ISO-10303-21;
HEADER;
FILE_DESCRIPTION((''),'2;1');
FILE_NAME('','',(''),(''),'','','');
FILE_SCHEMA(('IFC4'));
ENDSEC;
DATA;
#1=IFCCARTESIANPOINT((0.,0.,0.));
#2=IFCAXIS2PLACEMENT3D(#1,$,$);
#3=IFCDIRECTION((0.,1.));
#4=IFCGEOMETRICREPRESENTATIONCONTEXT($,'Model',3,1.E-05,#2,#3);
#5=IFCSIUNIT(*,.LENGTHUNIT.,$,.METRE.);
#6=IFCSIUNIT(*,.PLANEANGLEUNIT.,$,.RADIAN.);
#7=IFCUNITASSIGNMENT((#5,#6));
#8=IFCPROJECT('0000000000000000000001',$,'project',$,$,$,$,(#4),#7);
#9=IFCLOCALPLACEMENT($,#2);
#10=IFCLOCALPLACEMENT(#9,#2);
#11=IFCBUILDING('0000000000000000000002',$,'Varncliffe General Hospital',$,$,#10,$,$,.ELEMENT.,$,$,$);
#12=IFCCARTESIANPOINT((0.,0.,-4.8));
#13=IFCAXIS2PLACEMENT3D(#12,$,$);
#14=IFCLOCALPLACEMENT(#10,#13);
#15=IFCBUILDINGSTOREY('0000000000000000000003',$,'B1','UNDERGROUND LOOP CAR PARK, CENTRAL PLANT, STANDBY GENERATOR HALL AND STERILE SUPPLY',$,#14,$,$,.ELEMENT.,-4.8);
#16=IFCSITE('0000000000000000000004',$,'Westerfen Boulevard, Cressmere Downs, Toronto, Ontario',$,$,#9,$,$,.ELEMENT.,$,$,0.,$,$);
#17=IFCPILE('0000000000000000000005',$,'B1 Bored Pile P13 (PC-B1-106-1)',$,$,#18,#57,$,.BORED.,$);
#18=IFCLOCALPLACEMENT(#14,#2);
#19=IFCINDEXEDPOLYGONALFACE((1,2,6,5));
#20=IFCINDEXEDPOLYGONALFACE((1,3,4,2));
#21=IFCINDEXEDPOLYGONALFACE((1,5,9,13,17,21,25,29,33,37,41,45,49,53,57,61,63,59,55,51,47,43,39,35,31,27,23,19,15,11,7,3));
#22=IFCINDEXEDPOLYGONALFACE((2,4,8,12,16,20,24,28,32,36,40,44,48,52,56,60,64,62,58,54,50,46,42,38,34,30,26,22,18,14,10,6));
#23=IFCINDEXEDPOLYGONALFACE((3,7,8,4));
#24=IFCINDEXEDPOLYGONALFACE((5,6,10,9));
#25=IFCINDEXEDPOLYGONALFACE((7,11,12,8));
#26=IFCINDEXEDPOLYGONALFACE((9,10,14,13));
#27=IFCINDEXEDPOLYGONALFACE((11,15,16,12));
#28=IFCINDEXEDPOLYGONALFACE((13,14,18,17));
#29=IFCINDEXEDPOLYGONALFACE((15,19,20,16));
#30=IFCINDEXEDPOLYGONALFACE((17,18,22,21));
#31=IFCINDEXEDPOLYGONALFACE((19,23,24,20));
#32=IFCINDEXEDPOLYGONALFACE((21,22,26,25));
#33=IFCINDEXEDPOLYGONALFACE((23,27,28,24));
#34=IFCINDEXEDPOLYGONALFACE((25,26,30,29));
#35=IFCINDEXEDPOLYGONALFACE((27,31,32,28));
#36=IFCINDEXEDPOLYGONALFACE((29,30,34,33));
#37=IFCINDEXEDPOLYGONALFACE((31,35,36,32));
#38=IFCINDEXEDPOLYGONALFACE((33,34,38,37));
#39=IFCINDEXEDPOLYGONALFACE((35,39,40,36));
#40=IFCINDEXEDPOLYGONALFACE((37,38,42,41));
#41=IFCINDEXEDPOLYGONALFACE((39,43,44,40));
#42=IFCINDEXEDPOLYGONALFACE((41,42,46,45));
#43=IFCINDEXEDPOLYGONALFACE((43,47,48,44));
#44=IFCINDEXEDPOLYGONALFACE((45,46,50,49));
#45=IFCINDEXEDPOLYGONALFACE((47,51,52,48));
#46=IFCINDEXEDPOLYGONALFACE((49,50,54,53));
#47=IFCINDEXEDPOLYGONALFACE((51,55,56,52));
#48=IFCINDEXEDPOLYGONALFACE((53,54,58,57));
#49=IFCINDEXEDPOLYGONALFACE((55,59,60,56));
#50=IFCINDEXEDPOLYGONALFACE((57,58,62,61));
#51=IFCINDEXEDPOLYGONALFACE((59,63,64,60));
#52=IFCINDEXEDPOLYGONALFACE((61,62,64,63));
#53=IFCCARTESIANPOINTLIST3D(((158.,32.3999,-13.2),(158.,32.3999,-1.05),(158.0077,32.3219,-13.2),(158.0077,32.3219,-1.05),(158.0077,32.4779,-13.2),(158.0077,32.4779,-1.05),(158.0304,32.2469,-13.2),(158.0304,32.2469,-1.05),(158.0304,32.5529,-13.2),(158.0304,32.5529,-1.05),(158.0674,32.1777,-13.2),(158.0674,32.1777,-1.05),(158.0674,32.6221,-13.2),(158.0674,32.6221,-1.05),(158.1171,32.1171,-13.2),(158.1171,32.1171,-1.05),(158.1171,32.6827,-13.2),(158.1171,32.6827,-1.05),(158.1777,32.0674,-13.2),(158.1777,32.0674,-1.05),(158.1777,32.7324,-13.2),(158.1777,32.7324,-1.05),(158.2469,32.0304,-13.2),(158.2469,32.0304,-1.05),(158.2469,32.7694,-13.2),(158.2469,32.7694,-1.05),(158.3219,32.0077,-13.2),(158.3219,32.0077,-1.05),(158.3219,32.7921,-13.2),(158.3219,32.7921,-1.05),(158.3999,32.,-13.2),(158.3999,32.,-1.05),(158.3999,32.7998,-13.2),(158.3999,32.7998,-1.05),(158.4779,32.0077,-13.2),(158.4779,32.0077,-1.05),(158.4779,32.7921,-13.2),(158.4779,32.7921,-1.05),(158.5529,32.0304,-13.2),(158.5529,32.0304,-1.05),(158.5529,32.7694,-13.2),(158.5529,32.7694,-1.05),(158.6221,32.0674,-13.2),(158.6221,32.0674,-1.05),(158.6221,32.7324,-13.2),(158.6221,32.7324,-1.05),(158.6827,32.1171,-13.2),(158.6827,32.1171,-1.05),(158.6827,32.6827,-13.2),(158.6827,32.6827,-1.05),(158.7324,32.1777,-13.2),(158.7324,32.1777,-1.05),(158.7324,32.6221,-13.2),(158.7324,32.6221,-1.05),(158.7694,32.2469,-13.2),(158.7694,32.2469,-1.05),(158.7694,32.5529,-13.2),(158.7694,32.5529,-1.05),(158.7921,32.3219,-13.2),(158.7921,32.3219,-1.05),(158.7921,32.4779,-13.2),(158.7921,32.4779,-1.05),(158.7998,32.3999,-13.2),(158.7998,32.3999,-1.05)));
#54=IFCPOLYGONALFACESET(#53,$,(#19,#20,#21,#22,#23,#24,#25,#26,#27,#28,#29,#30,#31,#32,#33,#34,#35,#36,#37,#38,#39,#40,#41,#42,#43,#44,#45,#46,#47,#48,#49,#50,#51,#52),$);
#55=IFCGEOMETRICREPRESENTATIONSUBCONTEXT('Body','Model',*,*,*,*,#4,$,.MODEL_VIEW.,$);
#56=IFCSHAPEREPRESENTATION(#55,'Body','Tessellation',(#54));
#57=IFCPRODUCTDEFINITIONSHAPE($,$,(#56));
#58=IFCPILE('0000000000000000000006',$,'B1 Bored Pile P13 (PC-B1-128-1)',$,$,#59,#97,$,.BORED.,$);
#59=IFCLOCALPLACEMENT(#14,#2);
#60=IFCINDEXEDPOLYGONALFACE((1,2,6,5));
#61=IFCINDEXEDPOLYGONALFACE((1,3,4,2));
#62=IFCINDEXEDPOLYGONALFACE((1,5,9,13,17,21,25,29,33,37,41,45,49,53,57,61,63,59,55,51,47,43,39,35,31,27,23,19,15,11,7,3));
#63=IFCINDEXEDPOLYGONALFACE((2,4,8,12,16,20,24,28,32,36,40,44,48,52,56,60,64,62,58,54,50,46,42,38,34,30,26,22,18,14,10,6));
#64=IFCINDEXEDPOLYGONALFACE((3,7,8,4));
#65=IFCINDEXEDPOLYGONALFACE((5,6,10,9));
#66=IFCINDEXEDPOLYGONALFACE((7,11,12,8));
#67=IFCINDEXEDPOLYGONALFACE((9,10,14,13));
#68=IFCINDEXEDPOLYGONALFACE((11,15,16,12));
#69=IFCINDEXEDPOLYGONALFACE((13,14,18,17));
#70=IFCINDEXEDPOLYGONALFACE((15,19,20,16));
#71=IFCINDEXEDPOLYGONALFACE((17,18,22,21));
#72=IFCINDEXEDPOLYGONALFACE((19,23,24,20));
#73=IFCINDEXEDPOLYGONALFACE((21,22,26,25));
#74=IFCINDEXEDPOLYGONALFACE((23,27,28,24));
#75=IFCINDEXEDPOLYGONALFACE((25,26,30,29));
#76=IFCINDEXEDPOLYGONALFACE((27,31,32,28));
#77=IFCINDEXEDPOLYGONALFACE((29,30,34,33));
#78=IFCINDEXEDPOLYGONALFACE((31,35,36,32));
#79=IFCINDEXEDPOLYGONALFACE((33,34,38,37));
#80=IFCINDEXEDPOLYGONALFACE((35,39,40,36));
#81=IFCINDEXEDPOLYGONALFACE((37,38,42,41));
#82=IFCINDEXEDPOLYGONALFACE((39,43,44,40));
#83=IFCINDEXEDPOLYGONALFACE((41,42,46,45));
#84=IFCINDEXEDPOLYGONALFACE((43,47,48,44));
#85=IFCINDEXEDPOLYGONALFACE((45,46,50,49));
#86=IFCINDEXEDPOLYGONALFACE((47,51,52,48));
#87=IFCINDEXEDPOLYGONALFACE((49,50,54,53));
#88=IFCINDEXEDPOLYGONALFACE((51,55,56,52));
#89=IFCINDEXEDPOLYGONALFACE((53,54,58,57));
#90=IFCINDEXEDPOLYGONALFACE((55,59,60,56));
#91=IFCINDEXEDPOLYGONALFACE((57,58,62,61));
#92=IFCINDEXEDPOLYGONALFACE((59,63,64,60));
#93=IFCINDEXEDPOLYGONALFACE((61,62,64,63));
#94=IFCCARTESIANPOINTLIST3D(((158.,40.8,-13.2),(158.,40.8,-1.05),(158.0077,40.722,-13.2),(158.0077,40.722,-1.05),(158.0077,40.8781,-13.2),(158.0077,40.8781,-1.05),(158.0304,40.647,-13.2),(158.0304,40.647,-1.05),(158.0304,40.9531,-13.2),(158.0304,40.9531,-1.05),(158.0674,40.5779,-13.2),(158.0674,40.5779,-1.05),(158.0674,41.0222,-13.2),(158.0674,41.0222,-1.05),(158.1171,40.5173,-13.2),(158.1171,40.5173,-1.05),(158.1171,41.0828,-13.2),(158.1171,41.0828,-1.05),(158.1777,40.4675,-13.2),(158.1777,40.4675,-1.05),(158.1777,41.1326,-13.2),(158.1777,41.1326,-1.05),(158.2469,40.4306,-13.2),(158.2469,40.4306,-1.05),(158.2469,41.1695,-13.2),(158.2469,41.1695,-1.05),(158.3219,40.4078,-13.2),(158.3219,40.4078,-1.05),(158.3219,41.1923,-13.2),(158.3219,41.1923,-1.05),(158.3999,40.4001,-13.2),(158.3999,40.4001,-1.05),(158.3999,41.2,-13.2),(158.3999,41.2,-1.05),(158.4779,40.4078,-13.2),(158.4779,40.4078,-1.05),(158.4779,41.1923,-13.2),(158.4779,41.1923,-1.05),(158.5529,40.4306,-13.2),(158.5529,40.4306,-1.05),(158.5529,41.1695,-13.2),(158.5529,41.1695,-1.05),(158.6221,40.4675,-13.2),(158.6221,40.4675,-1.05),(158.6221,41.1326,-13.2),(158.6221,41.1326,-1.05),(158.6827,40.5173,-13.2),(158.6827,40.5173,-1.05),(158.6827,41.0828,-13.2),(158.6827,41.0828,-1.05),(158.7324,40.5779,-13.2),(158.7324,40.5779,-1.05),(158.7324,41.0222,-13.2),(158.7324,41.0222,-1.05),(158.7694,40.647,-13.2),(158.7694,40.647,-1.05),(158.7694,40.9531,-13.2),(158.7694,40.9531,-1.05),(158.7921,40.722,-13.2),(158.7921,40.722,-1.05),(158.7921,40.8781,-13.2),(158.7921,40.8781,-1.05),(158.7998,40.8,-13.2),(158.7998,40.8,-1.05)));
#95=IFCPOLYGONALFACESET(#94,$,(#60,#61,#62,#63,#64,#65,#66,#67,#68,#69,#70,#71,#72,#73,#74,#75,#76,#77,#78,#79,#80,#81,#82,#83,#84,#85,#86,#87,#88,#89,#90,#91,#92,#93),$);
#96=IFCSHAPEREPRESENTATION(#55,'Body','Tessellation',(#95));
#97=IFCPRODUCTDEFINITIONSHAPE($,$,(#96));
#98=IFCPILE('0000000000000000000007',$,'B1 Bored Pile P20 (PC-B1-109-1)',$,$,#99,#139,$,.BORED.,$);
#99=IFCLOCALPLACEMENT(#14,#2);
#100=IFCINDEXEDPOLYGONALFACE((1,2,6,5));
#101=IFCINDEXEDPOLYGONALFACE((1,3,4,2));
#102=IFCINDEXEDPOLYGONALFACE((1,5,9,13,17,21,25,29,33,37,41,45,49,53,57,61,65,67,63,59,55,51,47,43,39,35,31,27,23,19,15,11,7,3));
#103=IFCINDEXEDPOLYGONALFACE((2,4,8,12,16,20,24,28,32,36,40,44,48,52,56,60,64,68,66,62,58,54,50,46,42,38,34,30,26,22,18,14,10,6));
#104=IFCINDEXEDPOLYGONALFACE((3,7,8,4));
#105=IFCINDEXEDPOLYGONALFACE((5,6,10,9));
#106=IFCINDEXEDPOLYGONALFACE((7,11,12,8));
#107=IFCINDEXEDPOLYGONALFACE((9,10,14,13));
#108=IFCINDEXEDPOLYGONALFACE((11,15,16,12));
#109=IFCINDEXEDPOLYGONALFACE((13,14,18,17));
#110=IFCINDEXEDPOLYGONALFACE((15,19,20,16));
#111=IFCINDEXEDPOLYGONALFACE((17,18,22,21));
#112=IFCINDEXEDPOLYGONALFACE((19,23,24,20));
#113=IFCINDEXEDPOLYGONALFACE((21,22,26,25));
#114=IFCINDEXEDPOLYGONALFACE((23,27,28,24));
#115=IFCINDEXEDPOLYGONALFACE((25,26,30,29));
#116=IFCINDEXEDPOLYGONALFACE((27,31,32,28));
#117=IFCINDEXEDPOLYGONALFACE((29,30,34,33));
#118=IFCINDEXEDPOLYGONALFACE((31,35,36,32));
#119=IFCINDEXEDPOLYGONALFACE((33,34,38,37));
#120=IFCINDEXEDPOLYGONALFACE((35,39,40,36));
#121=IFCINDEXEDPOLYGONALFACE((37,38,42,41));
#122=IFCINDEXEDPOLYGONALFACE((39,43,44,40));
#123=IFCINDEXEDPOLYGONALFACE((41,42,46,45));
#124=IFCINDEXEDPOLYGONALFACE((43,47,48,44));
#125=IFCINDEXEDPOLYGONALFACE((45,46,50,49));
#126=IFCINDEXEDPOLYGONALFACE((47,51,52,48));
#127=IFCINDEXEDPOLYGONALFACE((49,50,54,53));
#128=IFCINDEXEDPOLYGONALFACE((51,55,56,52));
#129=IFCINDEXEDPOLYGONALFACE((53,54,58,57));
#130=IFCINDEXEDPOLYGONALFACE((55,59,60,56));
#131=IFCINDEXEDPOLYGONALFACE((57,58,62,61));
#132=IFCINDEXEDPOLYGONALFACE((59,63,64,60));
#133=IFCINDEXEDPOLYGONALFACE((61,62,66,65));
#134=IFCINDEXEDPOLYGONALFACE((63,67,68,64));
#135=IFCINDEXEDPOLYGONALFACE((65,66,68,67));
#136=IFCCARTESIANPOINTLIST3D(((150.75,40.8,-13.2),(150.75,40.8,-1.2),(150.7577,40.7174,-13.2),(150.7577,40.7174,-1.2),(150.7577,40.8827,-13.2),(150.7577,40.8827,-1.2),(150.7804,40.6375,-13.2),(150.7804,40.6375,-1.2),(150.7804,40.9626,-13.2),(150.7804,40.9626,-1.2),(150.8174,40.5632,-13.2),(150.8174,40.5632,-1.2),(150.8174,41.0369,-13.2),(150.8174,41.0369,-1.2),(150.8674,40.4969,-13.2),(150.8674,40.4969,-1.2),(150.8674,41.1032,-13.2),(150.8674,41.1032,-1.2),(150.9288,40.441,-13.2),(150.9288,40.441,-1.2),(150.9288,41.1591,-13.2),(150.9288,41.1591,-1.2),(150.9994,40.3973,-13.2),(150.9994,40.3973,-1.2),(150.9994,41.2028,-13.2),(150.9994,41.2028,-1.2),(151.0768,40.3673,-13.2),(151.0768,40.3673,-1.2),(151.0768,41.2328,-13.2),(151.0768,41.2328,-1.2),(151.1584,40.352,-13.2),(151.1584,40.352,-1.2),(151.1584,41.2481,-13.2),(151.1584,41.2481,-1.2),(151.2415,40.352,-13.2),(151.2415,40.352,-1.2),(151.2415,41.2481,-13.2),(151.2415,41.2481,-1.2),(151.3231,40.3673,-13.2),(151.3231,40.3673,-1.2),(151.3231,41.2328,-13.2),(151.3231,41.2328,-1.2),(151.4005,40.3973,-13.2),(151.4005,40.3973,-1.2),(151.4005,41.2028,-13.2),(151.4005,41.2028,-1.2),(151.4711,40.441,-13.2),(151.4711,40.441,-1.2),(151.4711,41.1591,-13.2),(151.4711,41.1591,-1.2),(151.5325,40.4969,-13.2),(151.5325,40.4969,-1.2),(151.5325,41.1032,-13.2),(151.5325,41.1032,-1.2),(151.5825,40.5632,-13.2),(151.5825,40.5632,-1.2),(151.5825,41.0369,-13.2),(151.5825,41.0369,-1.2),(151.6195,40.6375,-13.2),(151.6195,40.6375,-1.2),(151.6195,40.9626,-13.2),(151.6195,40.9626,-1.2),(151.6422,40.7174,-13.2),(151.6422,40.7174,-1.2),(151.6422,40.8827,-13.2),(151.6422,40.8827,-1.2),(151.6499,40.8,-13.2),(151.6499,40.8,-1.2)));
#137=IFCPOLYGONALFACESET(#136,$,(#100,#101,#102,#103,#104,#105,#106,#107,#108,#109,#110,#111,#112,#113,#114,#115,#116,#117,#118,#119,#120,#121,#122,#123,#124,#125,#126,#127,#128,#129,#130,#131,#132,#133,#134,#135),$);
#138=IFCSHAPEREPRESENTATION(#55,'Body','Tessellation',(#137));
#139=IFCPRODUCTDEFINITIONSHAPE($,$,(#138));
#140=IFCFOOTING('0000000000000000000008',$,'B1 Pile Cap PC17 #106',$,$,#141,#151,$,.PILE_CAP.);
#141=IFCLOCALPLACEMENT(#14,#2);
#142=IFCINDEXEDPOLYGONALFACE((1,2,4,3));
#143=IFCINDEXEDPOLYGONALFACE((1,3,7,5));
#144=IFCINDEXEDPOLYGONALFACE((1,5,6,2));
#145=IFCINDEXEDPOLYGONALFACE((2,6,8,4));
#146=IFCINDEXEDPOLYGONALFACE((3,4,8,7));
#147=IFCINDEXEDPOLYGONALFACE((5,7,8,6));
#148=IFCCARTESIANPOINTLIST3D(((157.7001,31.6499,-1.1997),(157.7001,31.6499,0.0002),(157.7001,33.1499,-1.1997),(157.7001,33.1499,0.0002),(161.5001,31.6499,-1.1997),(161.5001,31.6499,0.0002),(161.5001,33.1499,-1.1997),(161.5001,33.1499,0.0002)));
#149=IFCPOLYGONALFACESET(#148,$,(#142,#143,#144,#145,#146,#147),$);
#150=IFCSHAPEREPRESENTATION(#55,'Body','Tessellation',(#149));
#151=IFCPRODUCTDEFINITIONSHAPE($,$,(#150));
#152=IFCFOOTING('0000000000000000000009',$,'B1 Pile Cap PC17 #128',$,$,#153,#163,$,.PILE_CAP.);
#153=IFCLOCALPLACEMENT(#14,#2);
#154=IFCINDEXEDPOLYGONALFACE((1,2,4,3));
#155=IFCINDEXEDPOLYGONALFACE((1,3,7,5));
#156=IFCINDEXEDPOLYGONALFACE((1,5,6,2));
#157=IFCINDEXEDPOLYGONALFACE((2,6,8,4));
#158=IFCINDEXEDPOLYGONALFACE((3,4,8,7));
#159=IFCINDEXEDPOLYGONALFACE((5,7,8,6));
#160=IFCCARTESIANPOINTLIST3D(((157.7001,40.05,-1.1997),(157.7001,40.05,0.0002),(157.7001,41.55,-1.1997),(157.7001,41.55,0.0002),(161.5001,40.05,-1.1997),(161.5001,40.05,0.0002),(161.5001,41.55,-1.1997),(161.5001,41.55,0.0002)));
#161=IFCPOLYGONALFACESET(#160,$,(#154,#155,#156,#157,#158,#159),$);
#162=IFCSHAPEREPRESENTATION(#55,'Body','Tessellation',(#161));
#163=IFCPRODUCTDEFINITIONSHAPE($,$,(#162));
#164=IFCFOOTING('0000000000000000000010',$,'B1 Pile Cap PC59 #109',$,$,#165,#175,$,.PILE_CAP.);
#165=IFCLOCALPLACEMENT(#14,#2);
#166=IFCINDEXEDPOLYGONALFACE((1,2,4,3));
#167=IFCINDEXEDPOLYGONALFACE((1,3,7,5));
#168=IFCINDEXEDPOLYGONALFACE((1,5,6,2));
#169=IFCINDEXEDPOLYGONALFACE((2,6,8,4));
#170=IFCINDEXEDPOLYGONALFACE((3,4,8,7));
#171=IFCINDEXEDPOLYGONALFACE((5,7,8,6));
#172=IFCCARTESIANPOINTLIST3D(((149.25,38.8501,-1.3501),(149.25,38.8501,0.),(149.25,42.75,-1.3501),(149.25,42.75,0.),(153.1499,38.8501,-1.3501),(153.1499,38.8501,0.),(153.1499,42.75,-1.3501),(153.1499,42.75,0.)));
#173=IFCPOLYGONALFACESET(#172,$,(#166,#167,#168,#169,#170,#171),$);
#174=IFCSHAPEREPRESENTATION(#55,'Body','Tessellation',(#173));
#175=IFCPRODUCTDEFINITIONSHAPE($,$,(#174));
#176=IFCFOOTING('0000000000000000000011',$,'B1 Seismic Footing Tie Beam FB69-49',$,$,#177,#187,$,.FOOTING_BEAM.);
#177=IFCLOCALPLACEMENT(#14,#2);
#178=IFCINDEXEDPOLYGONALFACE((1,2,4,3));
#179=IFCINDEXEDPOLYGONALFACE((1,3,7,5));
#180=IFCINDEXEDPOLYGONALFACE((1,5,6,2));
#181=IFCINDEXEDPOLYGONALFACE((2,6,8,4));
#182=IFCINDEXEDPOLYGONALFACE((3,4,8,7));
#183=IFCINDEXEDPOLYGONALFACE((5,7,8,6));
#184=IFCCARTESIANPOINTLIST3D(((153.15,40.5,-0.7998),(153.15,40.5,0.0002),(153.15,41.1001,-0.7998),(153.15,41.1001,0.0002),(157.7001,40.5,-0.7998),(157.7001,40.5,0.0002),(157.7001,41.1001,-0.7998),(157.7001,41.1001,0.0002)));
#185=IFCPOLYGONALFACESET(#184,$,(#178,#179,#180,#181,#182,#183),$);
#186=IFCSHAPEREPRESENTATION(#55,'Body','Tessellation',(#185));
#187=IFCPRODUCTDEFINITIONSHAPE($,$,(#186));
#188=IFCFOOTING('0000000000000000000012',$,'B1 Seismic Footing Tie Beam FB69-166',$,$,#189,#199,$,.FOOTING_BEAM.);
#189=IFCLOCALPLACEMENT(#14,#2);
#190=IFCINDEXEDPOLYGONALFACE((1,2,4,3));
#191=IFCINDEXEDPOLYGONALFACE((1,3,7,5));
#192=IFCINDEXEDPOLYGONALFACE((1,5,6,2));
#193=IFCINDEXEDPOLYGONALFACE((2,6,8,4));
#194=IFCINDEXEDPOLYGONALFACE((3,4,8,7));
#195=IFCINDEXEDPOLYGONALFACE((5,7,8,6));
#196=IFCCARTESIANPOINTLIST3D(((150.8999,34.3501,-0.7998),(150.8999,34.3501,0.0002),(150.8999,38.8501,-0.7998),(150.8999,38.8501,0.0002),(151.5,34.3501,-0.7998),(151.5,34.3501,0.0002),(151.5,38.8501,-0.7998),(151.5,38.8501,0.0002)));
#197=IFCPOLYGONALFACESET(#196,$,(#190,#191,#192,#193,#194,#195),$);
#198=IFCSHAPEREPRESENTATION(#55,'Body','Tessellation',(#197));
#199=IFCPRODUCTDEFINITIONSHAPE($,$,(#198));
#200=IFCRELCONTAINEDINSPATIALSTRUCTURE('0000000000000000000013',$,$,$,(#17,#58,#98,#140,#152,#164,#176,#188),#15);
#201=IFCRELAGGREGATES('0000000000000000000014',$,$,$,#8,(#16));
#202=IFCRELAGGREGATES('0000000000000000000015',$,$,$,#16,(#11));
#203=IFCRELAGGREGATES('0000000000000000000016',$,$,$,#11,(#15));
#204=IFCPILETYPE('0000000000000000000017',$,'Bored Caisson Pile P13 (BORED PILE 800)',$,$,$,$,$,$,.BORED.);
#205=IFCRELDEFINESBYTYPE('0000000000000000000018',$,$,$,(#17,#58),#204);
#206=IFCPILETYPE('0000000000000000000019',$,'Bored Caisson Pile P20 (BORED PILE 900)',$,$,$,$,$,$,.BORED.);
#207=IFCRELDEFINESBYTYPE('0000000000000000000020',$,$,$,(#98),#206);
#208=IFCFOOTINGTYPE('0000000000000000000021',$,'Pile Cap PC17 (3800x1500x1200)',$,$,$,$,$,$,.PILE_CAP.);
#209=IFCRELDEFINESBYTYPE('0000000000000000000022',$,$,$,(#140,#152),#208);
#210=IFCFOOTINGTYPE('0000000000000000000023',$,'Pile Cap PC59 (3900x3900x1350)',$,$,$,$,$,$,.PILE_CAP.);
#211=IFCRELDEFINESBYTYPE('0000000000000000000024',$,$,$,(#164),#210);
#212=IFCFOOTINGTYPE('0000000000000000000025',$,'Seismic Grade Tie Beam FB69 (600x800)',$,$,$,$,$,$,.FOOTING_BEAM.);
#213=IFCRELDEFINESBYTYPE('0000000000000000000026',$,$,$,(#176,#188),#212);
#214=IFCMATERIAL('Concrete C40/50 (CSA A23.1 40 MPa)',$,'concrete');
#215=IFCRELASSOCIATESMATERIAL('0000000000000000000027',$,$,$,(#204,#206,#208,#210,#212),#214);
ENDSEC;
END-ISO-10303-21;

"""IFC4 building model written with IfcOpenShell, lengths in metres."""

from ifc_helpers import new_model, si_unit, direction, frame, origin, origin_2d, place, context, subcontext, project, spatial, rectangle, circle, extrude, material, material_profile, profile_set, type_object, element, save


model = new_model("IFC4")

# Units and contexts
model_context = context("Model", 3, precision=1e-05, world=origin(), true_north=direction((0.0, 1.0)))
body_context = subcontext(model_context, "Body", "Model", "MODEL_VIEW")
ifc_project = project(units=[si_unit("LENGTHUNIT", "METRE"), si_unit("PLANEANGLEUNIT", "RADIAN")], contexts=[model_context])

# Site, building, storey
site_placement = place(None, origin())
site = spatial("IfcSite", under=ifc_project, at=site_placement, Name="Westerfen Boulevard, Cressmere Downs, Toronto, Ontario", CompositionType="ELEMENT", RefElevation=0.0)
building_placement = place(site_placement, origin())
building = spatial("IfcBuilding", under=site, at=building_placement, Name="Varncliffe General Hospital", CompositionType="ELEMENT")
storey_placement = place(building_placement, frame((0.0, 0.0, -4.8)))
storey = spatial("IfcBuildingStorey", under=building, at=storey_placement, Name="B1", Description="UNDERGROUND LOOP CAR PARK, CENTRAL PLANT, STANDBY GENERATOR HALL AND STERILE SUPPLY", CompositionType="ELEMENT", Elevation=-4.8)

# Piles
ifc_material_1 = material(Name="Concrete C40/50 (CSA A23.1 40 MPa)", Category="concrete")
ifc_material_profile_1 = material_profile(ifc_material_1, circle(Radius=0.3999, at=origin_2d()), Name="BORED PILE 800")
ifc_profile_set_1 = profile_set([ifc_material_profile_1], Name="Concrete C40/50 (CSA A23.1 40 MPa)")
pile_type_1 = type_object("IfcPileType", Name="Bored Caisson Pile P13 (BORED PILE 800)", PredefinedType="BORED", material=ifc_profile_set_1)
for number, where, z_axis, x_axis, name in (
    (1, (158.3999, 32.3999, -1.05), (0.0, 0.0, -1.0), (1.0, 0.0, 0.0), "B1 Bored Pile P13 (PC-B1-106-1)"),
    (2, (158.3999, 40.8, -1.05), (0.0, 0.0, -1.0), (1.0, 0.0, 0.0), "B1 Bored Pile P13 (PC-B1-128-1)"),
):
    element("IfcPile", number, at=place(storey_placement, frame(where, z_axis=z_axis, x_axis=x_axis)), inside=storey, type_object=pile_type_1, Name=name, PredefinedType="BORED", context=body_context, shape_type="SweptSolid", body=[
        extrude(circle(Radius=0.3999, at=origin_2d()), origin(), (0.0, 0.0, 1.0), 12.1499),
    ])
ifc_material_profile_2 = material_profile(ifc_material_1, circle(Radius=0.45, at=origin_2d()), Name="BORED PILE 900")
ifc_profile_set_2 = profile_set([ifc_material_profile_2], Name="Concrete C40/50 (CSA A23.1 40 MPa)")
pile_type_2 = type_object("IfcPileType", Name="Bored Caisson Pile P20 (BORED PILE 900)", PredefinedType="BORED", material=ifc_profile_set_2)
pile_placement = place(storey_placement, frame((151.2, 40.8, -1.2), z_axis=(0.0, 0.0, -1.0), x_axis=(1.0, 0.0, 0.0)))
element("IfcPile", 3, at=pile_placement, inside=storey, type_object=pile_type_2, Name="B1 Bored Pile P20 (PC-B1-109-1)", PredefinedType="BORED", context=body_context, shape_type="SweptSolid", body=[
    extrude(circle(Radius=0.45, at=origin_2d()), origin(), (0.0, 0.0, 1.0), 12.0),
])

# Footings
footing_type_1 = type_object("IfcFootingType", Name="Pile Cap PC17 (3800x1500x1200)", PredefinedType="PILE_CAP", material=ifc_material_1)
for number, where, z_axis, x_axis, name in (
    (4, (159.6001, 32.3999, -1.1997), (0.0, 0.0, 1.0), (1.0, 0.0, 0.0), "B1 Pile Cap PC17 #106"),
    (5, (159.6001, 40.8, -1.1997), (0.0, 0.0, 1.0), (1.0, 0.0, 0.0), "B1 Pile Cap PC17 #128"),
):
    element("IfcFooting", number, at=place(storey_placement, frame(where, z_axis=z_axis, x_axis=x_axis)), inside=storey, type_object=footing_type_1, Name=name, PredefinedType="PILE_CAP", context=body_context, shape_type="SweptSolid", body=[
        extrude(rectangle(XDim=3.8, YDim=1.5, at=origin_2d()), origin(), (0.0, 0.0, 1.0), 1.2),
    ])
footing_type_2 = type_object("IfcFootingType", Name="Pile Cap PC59 (3900x3900x1350)", PredefinedType="PILE_CAP", material=ifc_material_1)
footing_1_placement = place(storey_placement, frame((151.2, 40.8, -1.3501), z_axis=(0.0, 0.0, 1.0), x_axis=(1.0, 0.0, 0.0)))
element("IfcFooting", 6, at=footing_1_placement, inside=storey, type_object=footing_type_2, Name="B1 Pile Cap PC59 #109", PredefinedType="PILE_CAP", context=body_context, shape_type="SweptSolid", body=[
    extrude(rectangle(XDim=3.8999, YDim=3.8999, at=origin_2d()), origin(), (0.0, 0.0, 1.0), 1.3501),
])
footing_type_3 = type_object("IfcFootingType", Name="Seismic Grade Tie Beam FB69 (600x800)", PredefinedType="FOOTING_BEAM", material=ifc_material_1)
footing_2_placement = place(storey_placement, frame((155.425, 40.8, -0.7998), z_axis=(0.0, 0.0, 1.0), x_axis=(1.0, 0.0, 0.0)))
element("IfcFooting", 7, at=footing_2_placement, inside=storey, type_object=footing_type_3, Name="B1 Seismic Footing Tie Beam FB69-49", PredefinedType="FOOTING_BEAM", context=body_context, shape_type="SweptSolid", body=[
    extrude(rectangle(XDim=4.55, YDim=0.6001, at=origin_2d()), origin(), (0.0, 0.0, 1.0), 0.8),
])
for number, where, z_axis, x_axis, name in (
    (8, (151.2, 36.6001, -0.7998), (0.0, 0.0, 1.0), (1.0, 0.0, 0.0), "B1 Seismic Footing Tie Beam FB69-166"),
):
    element("IfcFooting", number, at=place(storey_placement, frame(where, z_axis=z_axis, x_axis=x_axis)), inside=storey, type_object=footing_type_3, Name=name, PredefinedType="FOOTING_BEAM", context=body_context, shape_type="SweptSolid", body=[
        extrude(rectangle(XDim=0.6001, YDim=4.5, at=origin_2d()), origin(), (0.0, 0.0, 1.0), 0.8),
    ])

save(model, "model.ifc")
